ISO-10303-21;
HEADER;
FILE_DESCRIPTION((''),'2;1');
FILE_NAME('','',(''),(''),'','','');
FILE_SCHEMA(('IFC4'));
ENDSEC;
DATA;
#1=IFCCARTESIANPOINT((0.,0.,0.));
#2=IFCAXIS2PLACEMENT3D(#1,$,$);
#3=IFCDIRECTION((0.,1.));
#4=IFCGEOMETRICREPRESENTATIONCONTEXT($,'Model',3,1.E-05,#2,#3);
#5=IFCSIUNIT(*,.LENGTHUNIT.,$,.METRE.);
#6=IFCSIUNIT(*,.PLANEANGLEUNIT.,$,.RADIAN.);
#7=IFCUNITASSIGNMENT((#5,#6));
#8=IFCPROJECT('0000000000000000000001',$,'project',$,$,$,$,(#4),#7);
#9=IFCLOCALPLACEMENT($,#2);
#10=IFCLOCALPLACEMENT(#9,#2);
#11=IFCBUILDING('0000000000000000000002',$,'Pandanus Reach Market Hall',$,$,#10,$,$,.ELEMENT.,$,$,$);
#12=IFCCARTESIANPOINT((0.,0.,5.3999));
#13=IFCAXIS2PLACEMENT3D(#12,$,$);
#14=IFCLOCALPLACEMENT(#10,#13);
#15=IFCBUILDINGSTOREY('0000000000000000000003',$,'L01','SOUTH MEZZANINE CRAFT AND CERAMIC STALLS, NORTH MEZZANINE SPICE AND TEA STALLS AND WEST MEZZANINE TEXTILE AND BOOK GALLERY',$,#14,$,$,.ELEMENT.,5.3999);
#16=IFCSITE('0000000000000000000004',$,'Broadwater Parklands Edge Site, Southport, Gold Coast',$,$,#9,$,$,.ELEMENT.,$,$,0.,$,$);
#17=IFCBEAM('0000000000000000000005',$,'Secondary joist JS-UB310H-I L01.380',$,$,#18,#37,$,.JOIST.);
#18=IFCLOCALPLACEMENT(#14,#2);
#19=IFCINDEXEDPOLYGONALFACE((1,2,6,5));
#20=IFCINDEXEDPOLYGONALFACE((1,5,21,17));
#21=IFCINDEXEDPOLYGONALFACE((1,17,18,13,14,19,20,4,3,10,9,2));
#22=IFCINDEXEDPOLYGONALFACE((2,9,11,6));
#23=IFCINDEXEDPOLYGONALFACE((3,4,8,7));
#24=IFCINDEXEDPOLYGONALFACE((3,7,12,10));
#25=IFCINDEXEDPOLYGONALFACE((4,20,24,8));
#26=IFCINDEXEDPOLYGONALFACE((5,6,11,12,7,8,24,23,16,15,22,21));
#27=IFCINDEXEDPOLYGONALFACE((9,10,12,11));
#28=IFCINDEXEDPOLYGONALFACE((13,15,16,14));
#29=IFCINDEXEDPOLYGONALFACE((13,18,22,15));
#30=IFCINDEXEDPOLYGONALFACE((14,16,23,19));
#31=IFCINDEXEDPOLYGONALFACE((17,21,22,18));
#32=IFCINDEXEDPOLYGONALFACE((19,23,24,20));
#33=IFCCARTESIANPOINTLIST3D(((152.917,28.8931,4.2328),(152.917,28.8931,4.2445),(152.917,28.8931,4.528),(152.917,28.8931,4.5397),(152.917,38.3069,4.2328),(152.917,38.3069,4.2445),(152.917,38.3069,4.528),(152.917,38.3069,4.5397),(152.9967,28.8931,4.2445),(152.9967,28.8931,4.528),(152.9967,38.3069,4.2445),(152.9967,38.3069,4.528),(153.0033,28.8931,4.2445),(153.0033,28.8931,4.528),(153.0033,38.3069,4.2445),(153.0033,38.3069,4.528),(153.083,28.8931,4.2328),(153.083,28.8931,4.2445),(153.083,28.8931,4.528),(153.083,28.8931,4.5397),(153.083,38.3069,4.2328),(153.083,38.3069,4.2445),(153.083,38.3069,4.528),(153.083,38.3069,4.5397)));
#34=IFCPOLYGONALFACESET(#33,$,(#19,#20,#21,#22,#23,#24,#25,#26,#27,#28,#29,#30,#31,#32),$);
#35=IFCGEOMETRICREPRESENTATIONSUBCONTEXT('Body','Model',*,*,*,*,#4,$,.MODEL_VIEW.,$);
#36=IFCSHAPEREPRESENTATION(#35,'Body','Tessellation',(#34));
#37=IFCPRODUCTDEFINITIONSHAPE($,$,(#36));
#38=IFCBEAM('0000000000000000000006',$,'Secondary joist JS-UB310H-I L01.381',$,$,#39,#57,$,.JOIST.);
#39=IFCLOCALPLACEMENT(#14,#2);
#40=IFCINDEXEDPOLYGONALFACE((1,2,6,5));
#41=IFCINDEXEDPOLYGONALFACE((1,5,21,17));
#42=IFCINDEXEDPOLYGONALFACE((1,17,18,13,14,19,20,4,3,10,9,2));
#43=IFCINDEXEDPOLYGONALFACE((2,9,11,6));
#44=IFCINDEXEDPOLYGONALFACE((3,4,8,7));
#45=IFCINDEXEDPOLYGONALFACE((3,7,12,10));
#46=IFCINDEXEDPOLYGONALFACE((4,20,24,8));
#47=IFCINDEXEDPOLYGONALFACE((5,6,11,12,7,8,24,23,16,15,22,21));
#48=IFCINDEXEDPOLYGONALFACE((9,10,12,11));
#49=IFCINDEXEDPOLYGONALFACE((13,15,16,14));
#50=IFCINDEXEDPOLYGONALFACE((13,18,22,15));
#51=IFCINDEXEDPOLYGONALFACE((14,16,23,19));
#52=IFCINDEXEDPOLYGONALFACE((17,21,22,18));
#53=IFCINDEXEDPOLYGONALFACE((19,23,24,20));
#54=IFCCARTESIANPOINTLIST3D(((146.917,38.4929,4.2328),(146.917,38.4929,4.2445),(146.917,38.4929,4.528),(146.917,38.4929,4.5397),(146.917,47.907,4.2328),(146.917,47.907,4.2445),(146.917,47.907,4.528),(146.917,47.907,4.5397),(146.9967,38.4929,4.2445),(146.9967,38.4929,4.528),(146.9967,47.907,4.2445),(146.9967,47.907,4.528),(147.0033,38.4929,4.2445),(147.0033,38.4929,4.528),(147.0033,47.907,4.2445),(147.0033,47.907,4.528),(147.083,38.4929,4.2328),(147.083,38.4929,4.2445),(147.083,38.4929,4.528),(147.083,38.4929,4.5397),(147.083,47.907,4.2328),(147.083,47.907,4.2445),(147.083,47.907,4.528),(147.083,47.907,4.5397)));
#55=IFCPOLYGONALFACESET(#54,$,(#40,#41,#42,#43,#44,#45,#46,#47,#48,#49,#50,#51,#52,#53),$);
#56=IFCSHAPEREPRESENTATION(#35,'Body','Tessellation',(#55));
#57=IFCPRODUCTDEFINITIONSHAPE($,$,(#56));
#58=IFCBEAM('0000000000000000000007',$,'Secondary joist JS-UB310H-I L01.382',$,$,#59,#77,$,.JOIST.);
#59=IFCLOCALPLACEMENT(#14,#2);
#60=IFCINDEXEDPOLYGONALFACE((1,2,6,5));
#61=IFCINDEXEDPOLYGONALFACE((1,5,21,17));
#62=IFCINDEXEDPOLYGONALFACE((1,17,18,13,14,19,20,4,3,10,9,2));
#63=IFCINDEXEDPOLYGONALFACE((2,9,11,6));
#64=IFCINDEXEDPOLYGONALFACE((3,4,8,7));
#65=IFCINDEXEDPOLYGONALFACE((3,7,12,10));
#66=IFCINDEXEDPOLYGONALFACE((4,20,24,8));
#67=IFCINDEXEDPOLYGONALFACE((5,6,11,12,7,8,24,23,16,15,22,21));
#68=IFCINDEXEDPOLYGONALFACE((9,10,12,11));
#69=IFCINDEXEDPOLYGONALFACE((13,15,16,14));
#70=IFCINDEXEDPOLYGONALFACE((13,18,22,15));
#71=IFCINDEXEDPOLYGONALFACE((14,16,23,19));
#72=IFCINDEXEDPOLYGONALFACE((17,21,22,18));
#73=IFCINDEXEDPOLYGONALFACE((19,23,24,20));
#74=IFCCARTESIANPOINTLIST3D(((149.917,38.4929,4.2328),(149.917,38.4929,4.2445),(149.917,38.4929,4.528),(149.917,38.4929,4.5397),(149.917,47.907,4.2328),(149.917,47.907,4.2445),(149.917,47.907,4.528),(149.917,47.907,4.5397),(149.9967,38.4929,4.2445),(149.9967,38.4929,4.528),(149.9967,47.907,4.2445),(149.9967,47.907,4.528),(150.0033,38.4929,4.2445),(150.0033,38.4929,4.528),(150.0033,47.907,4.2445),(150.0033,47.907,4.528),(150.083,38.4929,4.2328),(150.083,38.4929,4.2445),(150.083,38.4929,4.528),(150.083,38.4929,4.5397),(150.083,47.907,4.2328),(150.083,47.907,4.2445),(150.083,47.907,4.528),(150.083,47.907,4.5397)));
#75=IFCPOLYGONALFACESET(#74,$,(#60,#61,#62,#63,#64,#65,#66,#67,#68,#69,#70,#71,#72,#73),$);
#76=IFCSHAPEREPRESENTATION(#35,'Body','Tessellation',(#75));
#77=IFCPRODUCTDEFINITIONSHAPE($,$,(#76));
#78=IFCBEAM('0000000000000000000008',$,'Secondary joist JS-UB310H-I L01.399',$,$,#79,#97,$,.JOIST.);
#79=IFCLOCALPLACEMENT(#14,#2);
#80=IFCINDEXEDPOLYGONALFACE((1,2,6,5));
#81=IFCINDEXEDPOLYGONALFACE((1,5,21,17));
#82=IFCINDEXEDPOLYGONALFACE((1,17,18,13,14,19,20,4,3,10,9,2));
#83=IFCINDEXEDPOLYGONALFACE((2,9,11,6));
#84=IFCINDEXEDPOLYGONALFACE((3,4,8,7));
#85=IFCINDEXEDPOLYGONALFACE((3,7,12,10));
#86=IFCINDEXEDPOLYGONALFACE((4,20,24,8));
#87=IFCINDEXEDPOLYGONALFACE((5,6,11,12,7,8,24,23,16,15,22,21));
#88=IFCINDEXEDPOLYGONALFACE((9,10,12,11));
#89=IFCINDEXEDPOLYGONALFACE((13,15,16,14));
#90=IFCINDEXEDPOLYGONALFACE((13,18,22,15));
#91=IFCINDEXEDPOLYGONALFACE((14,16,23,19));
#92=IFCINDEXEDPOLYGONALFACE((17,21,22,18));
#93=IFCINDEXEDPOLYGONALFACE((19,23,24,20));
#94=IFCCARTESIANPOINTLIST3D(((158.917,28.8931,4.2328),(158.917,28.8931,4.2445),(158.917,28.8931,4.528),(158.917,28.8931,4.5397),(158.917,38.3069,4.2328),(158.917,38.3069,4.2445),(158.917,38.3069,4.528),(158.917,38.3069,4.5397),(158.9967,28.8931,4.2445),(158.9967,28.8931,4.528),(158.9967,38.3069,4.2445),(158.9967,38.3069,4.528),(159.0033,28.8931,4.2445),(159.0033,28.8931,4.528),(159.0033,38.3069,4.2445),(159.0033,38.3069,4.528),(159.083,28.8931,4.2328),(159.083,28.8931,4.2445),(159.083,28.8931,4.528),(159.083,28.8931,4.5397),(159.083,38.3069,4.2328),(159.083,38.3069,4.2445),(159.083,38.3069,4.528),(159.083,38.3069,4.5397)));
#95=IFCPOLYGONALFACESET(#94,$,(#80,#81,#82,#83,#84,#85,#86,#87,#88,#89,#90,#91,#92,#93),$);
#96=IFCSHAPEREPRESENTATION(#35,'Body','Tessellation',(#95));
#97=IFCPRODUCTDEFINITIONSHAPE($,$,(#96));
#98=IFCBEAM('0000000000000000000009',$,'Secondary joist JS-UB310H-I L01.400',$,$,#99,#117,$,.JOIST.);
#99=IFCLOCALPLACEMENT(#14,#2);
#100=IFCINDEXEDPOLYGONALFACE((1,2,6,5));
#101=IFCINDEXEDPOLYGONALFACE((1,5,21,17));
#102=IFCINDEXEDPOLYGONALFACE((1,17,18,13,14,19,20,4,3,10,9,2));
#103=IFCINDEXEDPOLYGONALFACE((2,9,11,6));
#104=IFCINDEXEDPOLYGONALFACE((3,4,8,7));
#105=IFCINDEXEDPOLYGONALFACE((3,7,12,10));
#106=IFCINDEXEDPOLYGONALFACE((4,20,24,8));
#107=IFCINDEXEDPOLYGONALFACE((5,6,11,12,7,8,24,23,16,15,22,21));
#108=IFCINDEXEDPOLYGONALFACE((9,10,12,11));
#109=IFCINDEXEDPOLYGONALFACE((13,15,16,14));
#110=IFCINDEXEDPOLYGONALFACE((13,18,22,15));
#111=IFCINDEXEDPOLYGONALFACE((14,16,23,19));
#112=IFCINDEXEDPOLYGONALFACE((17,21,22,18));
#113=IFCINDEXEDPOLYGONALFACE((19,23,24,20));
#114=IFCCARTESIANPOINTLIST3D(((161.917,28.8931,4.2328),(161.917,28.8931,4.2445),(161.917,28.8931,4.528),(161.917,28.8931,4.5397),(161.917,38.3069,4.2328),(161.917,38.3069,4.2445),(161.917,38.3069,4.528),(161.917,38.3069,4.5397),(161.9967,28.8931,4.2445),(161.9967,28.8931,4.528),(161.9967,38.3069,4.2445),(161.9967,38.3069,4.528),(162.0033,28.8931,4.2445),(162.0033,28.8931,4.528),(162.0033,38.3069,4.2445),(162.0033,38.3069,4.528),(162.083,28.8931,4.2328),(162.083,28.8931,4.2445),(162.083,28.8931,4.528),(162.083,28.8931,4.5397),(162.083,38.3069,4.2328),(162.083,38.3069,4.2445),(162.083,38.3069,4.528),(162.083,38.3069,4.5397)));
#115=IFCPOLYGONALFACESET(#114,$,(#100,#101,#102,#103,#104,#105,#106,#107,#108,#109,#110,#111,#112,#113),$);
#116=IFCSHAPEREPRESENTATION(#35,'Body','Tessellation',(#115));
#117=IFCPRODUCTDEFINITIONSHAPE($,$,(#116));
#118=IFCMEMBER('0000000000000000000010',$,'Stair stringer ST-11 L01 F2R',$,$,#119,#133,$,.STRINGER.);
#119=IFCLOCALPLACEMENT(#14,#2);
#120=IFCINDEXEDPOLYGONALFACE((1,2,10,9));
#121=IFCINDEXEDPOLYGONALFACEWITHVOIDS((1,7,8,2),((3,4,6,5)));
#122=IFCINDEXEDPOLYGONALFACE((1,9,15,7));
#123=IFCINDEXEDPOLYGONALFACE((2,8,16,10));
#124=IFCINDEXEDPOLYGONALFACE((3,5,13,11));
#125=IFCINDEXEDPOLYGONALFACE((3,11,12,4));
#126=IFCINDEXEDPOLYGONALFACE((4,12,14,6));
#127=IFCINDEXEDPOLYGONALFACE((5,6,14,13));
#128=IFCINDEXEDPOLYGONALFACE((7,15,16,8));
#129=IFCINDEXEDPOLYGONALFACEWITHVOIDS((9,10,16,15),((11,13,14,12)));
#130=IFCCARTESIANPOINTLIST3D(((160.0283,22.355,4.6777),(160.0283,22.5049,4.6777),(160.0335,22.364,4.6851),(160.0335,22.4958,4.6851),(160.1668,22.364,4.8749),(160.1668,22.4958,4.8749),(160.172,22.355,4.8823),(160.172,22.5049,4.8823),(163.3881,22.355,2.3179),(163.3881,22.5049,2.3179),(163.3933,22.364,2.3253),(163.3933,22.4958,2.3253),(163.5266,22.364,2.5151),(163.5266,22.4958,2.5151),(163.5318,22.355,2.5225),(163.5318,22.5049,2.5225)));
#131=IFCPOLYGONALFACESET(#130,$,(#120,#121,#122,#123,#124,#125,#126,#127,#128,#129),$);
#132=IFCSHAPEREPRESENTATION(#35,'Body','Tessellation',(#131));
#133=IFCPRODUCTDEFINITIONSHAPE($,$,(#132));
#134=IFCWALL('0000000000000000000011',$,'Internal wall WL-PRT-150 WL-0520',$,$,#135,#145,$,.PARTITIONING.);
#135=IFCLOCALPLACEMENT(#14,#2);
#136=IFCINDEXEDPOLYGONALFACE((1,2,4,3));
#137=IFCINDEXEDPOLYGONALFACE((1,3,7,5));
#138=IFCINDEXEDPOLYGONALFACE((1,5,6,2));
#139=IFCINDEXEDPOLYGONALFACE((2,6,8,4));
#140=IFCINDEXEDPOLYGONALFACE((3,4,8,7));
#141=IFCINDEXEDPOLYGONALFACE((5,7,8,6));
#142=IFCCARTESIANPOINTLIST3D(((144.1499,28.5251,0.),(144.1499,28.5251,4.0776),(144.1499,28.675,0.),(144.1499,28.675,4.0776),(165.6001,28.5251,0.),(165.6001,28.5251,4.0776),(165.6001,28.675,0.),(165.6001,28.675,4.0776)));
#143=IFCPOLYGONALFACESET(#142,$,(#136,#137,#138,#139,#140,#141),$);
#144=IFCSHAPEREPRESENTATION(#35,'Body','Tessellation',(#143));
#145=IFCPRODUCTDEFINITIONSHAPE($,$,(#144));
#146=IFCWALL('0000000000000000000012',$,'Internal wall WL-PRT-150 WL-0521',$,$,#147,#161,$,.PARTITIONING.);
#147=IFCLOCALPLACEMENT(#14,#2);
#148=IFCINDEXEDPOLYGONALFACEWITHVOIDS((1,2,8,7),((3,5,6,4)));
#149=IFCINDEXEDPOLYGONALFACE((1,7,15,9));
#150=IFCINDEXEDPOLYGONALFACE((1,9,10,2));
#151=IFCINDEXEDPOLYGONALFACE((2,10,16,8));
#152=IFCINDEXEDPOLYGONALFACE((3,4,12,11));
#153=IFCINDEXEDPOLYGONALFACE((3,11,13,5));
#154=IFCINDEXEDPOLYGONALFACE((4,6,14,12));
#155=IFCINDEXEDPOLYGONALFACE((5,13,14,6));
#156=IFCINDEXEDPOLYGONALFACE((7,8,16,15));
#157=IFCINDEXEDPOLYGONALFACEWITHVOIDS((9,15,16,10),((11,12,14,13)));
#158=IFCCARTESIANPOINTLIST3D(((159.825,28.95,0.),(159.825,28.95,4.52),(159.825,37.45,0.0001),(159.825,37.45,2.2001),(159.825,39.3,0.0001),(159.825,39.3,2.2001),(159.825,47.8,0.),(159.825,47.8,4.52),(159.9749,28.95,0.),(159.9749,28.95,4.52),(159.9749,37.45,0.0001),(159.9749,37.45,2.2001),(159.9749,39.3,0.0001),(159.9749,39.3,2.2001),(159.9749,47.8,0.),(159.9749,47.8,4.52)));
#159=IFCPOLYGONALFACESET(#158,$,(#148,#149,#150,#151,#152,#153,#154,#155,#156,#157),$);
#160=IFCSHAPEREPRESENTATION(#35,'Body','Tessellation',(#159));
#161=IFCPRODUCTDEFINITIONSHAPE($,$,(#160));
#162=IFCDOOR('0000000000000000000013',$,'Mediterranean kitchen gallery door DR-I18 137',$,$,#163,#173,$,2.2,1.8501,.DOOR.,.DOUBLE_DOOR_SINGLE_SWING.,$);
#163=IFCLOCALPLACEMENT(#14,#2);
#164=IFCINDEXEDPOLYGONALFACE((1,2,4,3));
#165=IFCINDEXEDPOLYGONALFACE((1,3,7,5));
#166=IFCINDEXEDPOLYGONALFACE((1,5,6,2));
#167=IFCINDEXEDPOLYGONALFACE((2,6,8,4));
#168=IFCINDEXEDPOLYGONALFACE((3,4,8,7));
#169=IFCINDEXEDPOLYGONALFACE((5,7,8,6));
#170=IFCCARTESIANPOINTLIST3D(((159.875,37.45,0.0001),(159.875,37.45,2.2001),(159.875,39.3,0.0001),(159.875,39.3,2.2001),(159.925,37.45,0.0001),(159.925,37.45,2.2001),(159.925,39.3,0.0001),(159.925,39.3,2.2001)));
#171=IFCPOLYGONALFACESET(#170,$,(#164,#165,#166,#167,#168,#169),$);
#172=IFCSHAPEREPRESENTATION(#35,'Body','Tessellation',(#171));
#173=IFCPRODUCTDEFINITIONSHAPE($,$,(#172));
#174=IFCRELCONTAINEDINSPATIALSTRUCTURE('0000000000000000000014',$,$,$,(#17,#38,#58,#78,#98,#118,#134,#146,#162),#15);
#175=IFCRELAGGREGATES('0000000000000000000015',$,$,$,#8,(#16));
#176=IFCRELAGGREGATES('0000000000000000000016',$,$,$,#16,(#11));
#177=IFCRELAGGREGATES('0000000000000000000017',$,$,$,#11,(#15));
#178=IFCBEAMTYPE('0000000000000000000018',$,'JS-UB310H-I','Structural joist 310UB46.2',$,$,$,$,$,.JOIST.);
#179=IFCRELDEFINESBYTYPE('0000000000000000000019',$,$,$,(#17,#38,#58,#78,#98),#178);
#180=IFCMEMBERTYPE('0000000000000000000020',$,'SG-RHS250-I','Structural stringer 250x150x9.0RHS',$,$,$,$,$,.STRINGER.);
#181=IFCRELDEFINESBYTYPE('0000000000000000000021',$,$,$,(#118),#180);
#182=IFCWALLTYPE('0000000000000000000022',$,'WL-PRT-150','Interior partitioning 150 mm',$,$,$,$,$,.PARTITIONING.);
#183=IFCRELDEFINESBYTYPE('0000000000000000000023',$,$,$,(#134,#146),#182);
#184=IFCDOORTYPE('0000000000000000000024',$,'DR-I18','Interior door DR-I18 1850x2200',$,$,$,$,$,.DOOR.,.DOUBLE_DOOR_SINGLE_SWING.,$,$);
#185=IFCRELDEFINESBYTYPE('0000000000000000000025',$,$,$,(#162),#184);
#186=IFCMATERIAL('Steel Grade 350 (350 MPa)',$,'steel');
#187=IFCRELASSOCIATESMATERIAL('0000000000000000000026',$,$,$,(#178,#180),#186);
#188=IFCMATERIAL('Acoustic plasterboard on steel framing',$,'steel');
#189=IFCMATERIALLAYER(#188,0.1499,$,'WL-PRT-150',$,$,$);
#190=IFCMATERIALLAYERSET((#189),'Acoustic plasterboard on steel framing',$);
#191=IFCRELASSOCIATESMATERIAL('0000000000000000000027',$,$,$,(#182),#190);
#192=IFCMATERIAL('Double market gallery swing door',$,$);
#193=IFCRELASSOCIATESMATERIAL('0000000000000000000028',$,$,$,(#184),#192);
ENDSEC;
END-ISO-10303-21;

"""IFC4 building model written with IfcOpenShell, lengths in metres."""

from ifc_helpers import new_model, si_unit, direction, frame, frame_2d, origin, origin_2d, place, context, subcontext, project, spatial, rectangle, hollow_rectangle, i_section, extrude, material, layer, layer_set, material_profile, profile_set, type_object, element, fill, save


model = new_model("IFC4")

# Units and contexts
model_context = context("Model", 3, precision=1e-05, world=origin(), true_north=direction((0.0, 1.0)))
body_context = subcontext(model_context, "Body", "Model", "MODEL_VIEW")
ifc_project = project(units=[si_unit("LENGTHUNIT", "METRE"), si_unit("PLANEANGLEUNIT", "RADIAN")], contexts=[model_context])

# Site, building, storey
site_placement = place(None, origin())
site = spatial("IfcSite", under=ifc_project, at=site_placement, Name="Broadwater Parklands Edge Site, Southport, Gold Coast", CompositionType="ELEMENT", RefElevation=0.0)
building_placement = place(site_placement, origin())
building = spatial("IfcBuilding", under=site, at=building_placement, Name="Pandanus Reach Market Hall", CompositionType="ELEMENT")
storey_placement = place(building_placement, frame((0.0, 0.0, 5.3999)))
storey = spatial("IfcBuildingStorey", under=building, at=storey_placement, Name="L01", Description="SOUTH MEZZANINE CRAFT AND CERAMIC STALLS, NORTH MEZZANINE SPICE AND TEA STALLS AND WEST MEZZANINE TEXTILE AND BOOK GALLERY", CompositionType="ELEMENT", Elevation=5.3999)

# Shared definitions
ifc_material_1 = material(Name="Steel Grade 350 (350 MPa)", Category="steel")

# Beams
ifc_material_profile_1 = material_profile(ifc_material_1, i_section(OverallWidth=0.166, OverallDepth=0.3069, WebThickness=0.0066, FlangeThickness=0.0117, at=origin_2d()), Name="310UB46.2", Category="LoadBearing")
ifc_profile_set_1 = profile_set([ifc_material_profile_1], Name="Steel Grade 350 (350 MPa)")
beam_type_1 = type_object("IfcBeamType", Name="JS-UB310H-I", Description="Structural joist 310UB46.2", PredefinedType="JOIST", material=ifc_profile_set_1)
for number, where, z_axis, x_axis, name in (
    (1, (153.0, 28.8931, 4.3862), (0.0, 1.0, 0.0), (-1.0, 0.0, 0.0), "Secondary joist JS-UB310H-I L01.380"),
):
    element("IfcBeam", number, at=place(storey_placement, frame(where, z_axis=z_axis, x_axis=x_axis)), inside=storey, type_object=beam_type_1, Name=name, PredefinedType="JOIST", context=body_context, shape_type="SweptSolid", body=[
        extrude(i_section(OverallWidth=0.166, OverallDepth=0.3069, WebThickness=0.0066, FlangeThickness=0.0117, at=origin_2d()), origin(), (0.0, 0.0, 1.0), 9.4138),
    ])
for number, where, z_axis, x_axis, name in (
    (2, (147.0, 38.4929, 4.3862), (0.0, 1.0, 0.0), (-1.0, 0.0, 0.0), "Secondary joist JS-UB310H-I L01.381"),
    (3, (150.0, 38.4929, 4.3862), (0.0, 1.0, 0.0), (-1.0, 0.0, 0.0), "Secondary joist JS-UB310H-I L01.382"),
):
    element("IfcBeam", number, at=place(storey_placement, frame(where, z_axis=z_axis, x_axis=x_axis)), inside=storey, type_object=beam_type_1, Name=name, PredefinedType="JOIST", context=body_context, shape_type="SweptSolid", body=[
        extrude(i_section(OverallWidth=0.166, OverallDepth=0.3069, WebThickness=0.0066, FlangeThickness=0.0117, at=origin_2d()), origin(), (0.0, 0.0, 1.0), 9.4141),
    ])
for number, where, z_axis, x_axis, name in (
    (4, (159.0, 28.8931, 4.3862), (0.0, 1.0, 0.0), (-1.0, 0.0, 0.0), "Secondary joist JS-UB310H-I L01.399"),
    (5, (162.0, 28.8931, 4.3862), (0.0, 1.0, 0.0), (-1.0, 0.0, 0.0), "Secondary joist JS-UB310H-I L01.400"),
):
    element("IfcBeam", number, at=place(storey_placement, frame(where, z_axis=z_axis, x_axis=x_axis)), inside=storey, type_object=beam_type_1, Name=name, PredefinedType="JOIST", context=body_context, shape_type="SweptSolid", body=[
        extrude(i_section(OverallWidth=0.166, OverallDepth=0.3069, WebThickness=0.0066, FlangeThickness=0.0117, at=origin_2d()), origin(), (0.0, 0.0, 1.0), 9.4138),
    ])

# Member
ifc_material_profile_2 = material_profile(ifc_material_1, hollow_rectangle(XDim=0.1499, YDim=0.25, WallThickness=0.009, at=origin_2d()), Name="250x150x9.0RHS", Category="LoadBearing")
ifc_profile_set_2 = profile_set([ifc_material_profile_2], Name="Steel Grade 350 (350 MPa)")
member_type = type_object("IfcMemberType", Name="SG-RHS250-I", Description="Structural stringer 250x150x9.0RHS", PredefinedType="STRINGER", material=ifc_profile_set_2)
member_placement = place(storey_placement, frame((163.46, 22.4299, 2.4202), z_axis=(-0.81832, 0.0, 0.574763), x_axis=(0.0, -1.0, 0.0)))
element("IfcMember", 6, at=member_placement, inside=storey, type_object=member_type, Name="Stair stringer ST-11 L01 F2R", PredefinedType="STRINGER", context=body_context, shape_type="SweptSolid", body=[
    extrude(hollow_rectangle(XDim=0.1499, YDim=0.25, WallThickness=0.009, at=origin_2d()), origin(), (0.0, 0.0, 1.0), 4.1057),
])

# Wall
ifc_material_2 = material(Name="Acoustic plasterboard on steel framing", Category="steel")
ifc_layer = layer(ifc_material_2, 0.1499, Name="WL-PRT-150")
ifc_layer_set = layer_set([ifc_layer], Name="Acoustic plasterboard on steel framing")
wall_type = type_object("IfcWallType", Name="WL-PRT-150", Description="Interior partitioning 150 mm", PredefinedType="PARTITIONING", material=ifc_layer_set)
wall_1_placement = place(storey_placement, frame((144.1499, 28.6001, 0.0), z_axis=(0.0, 0.0, 1.0), x_axis=(1.0, 0.0, 0.0)))
element("IfcWall", 7, at=wall_1_placement, inside=storey, type_object=wall_type, Name="Internal wall WL-PRT-150 WL-0520", PredefinedType="PARTITIONING", context=body_context, shape_type="SweptSolid", body=[
    extrude(rectangle(XDim=21.4502, YDim=0.1499, at=frame_2d((10.7251, 0.0))), origin(), (0.0, 0.0, 1.0), 4.0776),
])

# Wall, opening, door
wall_2_placement = place(storey_placement, frame((159.8999, 28.95, 0.0), z_axis=(0.0, 0.0, 1.0), x_axis=(0.0, 1.0, 0.0)))
wall_2 = element("IfcWall", 8, at=wall_2_placement, inside=storey, type_object=wall_type, Name="Internal wall WL-PRT-150 WL-0521", PredefinedType="PARTITIONING", context=body_context, shape_type="SweptSolid", body=[
    extrude(rectangle(XDim=18.8501, YDim=0.1499, at=frame_2d((9.425, 0.0))), origin(), (0.0, 0.0, 1.0), 4.52),
])
opening_placement = place(wall_2_placement, frame((8.5, 0.0, 0.0)))
opening = element("IfcOpeningElement", 9, at=opening_placement, cuts=wall_2, PredefinedType="OPENING", context=body_context, shape_type="SweptSolid", body=[
    extrude(rectangle(XDim=1.8501, YDim=2.2, at=frame_2d((0.925, 1.1001))), frame((0.0, 0.0898, 0.0), z_axis=(0.0, -1.0, 0.0), x_axis=(1.0, 0.0, 0.0)), (0.0, 0.0, 1.0), 0.1799),
])
ifc_material_3 = material(Name="Double market gallery swing door")
door_type = type_object("IfcDoorType", Name="DR-I18", Description="Interior door DR-I18 1850x2200", OperationType="DOUBLE_DOOR_SINGLE_SWING", PredefinedType="DOOR", material=ifc_material_3)
door_placement = place(opening_placement, origin())
door = element("IfcDoor", 10, at=door_placement, inside=storey, type_object=door_type, Name="Mediterranean kitchen gallery door DR-I18 137", OperationType="DOUBLE_DOOR_SINGLE_SWING", OverallHeight=2.2, OverallWidth=1.8501, PredefinedType="DOOR", context=body_context, shape_type="SweptSolid", body=[
    extrude(rectangle(XDim=1.8501, YDim=2.2, at=frame_2d((0.925, 1.1001))), frame((0.0, 0.0249, 0.0), z_axis=(0.0, -1.0, 0.0), x_axis=(1.0, 0.0, 0.0)), (0.0, 0.0, 1.0), 0.05),
])
fill(opening, door)

save(model, "model.ifc")
